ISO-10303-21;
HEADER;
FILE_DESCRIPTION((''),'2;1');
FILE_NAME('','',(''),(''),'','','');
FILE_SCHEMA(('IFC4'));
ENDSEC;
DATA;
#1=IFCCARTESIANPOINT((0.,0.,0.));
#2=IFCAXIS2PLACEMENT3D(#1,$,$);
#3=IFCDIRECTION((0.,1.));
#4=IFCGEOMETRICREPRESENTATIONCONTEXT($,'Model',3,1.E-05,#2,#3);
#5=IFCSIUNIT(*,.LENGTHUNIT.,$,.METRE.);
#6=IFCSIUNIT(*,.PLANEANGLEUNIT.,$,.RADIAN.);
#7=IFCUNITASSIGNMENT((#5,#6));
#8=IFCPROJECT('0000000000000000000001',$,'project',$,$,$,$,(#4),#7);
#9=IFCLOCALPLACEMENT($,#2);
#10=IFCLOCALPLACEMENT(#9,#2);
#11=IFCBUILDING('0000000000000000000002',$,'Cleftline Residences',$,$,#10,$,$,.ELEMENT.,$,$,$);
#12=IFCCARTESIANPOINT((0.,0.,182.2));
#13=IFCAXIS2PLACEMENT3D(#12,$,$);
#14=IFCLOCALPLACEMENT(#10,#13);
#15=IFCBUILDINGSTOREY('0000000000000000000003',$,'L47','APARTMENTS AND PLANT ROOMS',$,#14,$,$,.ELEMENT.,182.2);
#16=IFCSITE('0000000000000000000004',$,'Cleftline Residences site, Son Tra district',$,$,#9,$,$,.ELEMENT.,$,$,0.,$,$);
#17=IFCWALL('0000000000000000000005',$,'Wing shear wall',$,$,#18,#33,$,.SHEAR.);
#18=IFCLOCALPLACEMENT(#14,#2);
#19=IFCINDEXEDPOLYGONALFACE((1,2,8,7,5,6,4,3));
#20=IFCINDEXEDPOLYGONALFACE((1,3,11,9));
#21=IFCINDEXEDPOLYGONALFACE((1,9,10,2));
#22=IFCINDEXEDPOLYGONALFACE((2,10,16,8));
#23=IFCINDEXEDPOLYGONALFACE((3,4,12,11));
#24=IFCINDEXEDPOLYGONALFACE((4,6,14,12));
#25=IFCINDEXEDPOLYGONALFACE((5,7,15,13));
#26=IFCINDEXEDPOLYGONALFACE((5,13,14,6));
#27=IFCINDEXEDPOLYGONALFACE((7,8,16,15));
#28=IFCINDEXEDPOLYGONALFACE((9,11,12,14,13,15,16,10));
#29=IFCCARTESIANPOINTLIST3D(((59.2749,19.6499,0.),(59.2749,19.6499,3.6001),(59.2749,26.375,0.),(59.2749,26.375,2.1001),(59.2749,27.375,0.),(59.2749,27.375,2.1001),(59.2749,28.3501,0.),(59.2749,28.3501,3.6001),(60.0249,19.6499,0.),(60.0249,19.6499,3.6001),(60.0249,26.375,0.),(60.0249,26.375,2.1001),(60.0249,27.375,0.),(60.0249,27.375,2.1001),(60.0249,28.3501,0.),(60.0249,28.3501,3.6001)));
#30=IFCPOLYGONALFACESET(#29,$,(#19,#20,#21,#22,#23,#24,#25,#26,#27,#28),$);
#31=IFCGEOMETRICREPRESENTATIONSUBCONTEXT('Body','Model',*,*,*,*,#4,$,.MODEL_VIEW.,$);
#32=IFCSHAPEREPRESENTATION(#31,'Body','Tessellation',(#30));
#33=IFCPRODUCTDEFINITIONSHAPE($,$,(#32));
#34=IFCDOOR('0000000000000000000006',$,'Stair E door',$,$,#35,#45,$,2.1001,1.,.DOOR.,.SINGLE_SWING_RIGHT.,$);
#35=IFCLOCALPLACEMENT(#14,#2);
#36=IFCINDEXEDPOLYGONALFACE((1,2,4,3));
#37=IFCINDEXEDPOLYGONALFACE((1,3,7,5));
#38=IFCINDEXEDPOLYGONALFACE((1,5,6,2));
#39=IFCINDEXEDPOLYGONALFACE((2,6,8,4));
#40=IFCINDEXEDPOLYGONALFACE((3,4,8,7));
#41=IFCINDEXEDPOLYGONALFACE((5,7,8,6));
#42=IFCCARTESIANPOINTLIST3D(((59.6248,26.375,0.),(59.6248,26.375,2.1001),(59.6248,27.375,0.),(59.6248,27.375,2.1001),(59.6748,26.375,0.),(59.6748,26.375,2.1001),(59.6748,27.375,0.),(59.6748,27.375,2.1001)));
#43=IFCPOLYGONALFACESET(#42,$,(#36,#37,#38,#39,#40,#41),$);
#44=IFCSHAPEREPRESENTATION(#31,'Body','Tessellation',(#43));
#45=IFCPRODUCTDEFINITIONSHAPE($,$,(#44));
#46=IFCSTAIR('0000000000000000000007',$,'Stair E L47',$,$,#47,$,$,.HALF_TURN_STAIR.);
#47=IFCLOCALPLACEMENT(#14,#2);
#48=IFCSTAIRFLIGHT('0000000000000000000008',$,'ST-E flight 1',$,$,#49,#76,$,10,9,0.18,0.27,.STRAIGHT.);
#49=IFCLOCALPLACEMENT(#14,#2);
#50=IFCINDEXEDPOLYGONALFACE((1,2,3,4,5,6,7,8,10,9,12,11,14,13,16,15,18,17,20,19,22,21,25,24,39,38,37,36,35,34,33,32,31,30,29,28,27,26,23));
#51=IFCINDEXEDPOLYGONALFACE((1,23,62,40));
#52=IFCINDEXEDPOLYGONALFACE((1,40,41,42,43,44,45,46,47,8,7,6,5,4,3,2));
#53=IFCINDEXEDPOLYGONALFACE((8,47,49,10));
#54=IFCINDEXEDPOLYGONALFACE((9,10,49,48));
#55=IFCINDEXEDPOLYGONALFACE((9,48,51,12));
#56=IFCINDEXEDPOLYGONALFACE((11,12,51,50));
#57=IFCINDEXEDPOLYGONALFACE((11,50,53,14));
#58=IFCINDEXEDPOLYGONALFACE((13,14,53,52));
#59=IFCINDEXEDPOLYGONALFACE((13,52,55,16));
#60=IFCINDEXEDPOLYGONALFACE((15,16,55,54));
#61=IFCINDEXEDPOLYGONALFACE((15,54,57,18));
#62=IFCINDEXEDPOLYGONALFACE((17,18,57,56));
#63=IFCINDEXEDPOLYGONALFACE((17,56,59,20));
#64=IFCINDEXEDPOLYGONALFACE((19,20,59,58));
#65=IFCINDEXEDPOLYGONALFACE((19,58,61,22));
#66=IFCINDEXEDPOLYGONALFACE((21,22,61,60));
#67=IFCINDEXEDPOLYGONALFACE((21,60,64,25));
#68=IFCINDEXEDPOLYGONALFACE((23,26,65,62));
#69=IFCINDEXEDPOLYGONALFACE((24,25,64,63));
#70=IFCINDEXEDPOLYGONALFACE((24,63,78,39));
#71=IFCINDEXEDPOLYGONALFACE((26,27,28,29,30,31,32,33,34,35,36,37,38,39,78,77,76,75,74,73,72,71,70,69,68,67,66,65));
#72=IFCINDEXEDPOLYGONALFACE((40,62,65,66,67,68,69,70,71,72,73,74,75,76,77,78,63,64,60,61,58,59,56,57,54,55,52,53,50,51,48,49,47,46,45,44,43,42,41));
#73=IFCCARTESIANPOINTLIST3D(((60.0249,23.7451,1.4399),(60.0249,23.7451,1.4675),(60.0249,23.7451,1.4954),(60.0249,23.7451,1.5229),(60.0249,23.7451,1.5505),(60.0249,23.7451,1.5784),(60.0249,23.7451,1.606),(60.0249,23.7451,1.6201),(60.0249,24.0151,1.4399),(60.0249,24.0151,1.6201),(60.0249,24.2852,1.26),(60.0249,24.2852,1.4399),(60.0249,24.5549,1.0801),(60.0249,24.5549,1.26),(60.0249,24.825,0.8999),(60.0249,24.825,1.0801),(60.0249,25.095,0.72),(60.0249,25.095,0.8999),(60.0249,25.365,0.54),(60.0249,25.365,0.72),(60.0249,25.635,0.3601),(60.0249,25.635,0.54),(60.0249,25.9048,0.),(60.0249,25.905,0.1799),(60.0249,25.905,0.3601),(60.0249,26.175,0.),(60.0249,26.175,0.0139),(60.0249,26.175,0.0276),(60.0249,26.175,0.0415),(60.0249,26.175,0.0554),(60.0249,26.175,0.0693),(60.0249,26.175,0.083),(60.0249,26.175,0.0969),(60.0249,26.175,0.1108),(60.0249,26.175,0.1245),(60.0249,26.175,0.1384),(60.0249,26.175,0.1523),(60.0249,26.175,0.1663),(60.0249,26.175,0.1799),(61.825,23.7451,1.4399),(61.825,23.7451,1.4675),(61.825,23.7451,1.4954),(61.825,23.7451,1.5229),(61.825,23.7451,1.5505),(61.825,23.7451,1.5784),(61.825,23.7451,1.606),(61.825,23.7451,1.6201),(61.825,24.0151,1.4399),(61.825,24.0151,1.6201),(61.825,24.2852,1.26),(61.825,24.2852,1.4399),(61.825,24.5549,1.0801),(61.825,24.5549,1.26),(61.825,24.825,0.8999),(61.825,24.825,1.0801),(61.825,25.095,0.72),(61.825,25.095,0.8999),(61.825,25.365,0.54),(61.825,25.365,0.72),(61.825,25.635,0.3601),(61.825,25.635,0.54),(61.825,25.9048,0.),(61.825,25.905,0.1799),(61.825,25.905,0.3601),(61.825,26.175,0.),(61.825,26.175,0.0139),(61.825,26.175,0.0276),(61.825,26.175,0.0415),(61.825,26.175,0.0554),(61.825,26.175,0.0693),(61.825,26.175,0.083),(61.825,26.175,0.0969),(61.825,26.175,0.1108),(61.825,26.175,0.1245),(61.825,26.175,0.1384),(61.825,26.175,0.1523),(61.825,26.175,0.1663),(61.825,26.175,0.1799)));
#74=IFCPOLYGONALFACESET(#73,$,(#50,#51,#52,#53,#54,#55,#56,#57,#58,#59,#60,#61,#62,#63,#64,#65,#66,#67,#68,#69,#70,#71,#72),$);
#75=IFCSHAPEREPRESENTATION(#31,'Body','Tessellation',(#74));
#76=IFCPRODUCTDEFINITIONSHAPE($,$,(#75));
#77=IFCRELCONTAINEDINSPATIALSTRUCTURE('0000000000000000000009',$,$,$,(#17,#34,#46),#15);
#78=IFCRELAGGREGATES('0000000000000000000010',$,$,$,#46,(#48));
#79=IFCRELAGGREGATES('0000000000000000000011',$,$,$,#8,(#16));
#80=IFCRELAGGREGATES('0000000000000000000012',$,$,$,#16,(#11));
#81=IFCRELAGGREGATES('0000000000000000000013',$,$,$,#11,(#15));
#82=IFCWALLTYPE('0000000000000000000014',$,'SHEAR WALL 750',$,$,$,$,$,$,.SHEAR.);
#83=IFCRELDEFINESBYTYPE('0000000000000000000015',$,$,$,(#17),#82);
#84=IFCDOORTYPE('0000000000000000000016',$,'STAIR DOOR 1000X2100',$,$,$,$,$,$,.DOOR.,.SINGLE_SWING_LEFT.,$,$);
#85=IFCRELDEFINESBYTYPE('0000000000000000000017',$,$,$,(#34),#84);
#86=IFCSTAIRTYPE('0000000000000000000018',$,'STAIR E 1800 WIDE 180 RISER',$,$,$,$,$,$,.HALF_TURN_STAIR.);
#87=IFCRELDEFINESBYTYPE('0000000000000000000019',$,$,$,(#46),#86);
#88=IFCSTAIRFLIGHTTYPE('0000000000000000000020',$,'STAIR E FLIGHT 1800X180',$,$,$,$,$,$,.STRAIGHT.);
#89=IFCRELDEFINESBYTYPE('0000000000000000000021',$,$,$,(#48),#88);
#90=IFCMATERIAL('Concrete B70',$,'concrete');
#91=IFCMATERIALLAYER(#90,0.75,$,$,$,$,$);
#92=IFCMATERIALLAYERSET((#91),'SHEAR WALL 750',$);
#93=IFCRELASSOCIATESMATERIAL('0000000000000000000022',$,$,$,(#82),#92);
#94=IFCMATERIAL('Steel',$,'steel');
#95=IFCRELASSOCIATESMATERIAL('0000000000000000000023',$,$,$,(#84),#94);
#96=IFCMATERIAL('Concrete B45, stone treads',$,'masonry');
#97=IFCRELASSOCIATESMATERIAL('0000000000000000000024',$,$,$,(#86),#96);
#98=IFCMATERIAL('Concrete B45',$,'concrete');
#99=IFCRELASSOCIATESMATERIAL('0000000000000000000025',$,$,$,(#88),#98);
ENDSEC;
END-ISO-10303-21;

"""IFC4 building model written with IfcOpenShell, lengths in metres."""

from ifc_helpers import new_model, si_unit, direction, frame, frame_2d, origin, place, context, subcontext, project, spatial, polyline, rectangle, outline, extrude, material, layer, layer_set, type_object, element, fill, aggregate, save


model = new_model("IFC4")

# Units and contexts
model_context = context("Model", 3, precision=1e-05, world=origin(), true_north=direction((0.0, 1.0)))
body_context = subcontext(model_context, "Body", "Model", "MODEL_VIEW")
ifc_project = project(units=[si_unit("LENGTHUNIT", "METRE"), si_unit("PLANEANGLEUNIT", "RADIAN")], contexts=[model_context])

# Site, building, storey
site_placement = place(None, origin())
site = spatial("IfcSite", under=ifc_project, at=site_placement, Name="Cleftline Residences site, Son Tra district", CompositionType="ELEMENT", RefElevation=0.0)
building_placement = place(site_placement, origin())
building = spatial("IfcBuilding", under=site, at=building_placement, Name="Cleftline Residences", CompositionType="ELEMENT")
storey_placement = place(building_placement, frame((0.0, 0.0, 182.2)))
storey = spatial("IfcBuildingStorey", under=building, at=storey_placement, Name="L47", Description="APARTMENTS AND PLANT ROOMS", CompositionType="ELEMENT", Elevation=182.2)

# Shared definitions
ifc_material_1 = material(Name="Concrete B70", Category="concrete")
ifc_layer_1 = layer(ifc_material_1, 0.75)
ifc_layer_set_1 = layer_set([ifc_layer_1], Name="SHEAR WALL 750")
wall_type_1 = type_object("IfcWallType", Name="SHEAR WALL 750", PredefinedType="SHEAR", material=ifc_layer_set_1)

# Wall, opening, door
wall_1_placement = place(storey_placement, frame((59.6499, 28.3501, 0.0), z_axis=(0.0, 0.0, 1.0), x_axis=(0.0, -1.0, 0.0)))
wall_1 = element("IfcWall", 1, at=wall_1_placement, inside=storey, type_object=wall_type_1, Name="Wing shear wall", PredefinedType="SHEAR", context=body_context, shape_type="SweptSolid", body=[
    extrude(rectangle(XDim=8.7002, YDim=0.75, at=frame_2d((4.3501, 0.0))), origin(), (0.0, 0.0, 1.0), 3.6001),
])
opening_1_placement = place(wall_1_placement, frame((0.9751, 0.0, 0.0)))
opening_1 = element("IfcOpeningElement", 2, at=opening_1_placement, cuts=wall_1, PredefinedType="OPENING", context=body_context, shape_type="SweptSolid", body=[
    extrude(rectangle(XDim=1.0, YDim=2.1001, at=frame_2d((0.5, 1.05))), frame((0.0, 0.385, 0.0), z_axis=(0.0, -1.0, 0.0), x_axis=(1.0, 0.0, 0.0)), (0.0, 0.0, 1.0), 0.77),
])
ifc_material_2 = material(Name="Steel", Category="steel")
door_type_1 = type_object("IfcDoorType", Name="STAIR DOOR 1000X2100", OperationType="SINGLE_SWING_LEFT", PredefinedType="DOOR", material=ifc_material_2)
door_1_placement = place(opening_1_placement, origin())
door_1 = element("IfcDoor", 3, at=door_1_placement, inside=storey, type_object=door_type_1, Name="Stair E door", OperationType="SINGLE_SWING_RIGHT", OverallHeight=2.1001, OverallWidth=1.0, PredefinedType="DOOR", context=body_context, shape_type="SweptSolid", body=[
    extrude(rectangle(XDim=1.0, YDim=2.1001, at=frame_2d((0.5, 1.05))), frame((0.0, 0.0249, 0.0), z_axis=(0.0, -1.0, 0.0), x_axis=(1.0, 0.0, 0.0)), (0.0, 0.0, 1.0), 0.05),
])
fill(opening_1, door_1)

# Stair, stair flight
ifc_material_3 = material(Name="Concrete B45, stone treads", Category="masonry")
stair_type = type_object("IfcStairType", Name="STAIR E 1800 WIDE 180 RISER", PredefinedType="HALF_TURN_STAIR", material=ifc_material_3)
stair_placement = place(storey_placement, origin())
stair = element("IfcStair", 4, at=stair_placement, inside=storey, type_object=stair_type, Name="Stair E L47", PredefinedType="HALF_TURN_STAIR")
ifc_material_4 = material(Name="Concrete B45", Category="concrete")
stair_flight_type = type_object("IfcStairFlightType", Name="STAIR E FLIGHT 1800X180", PredefinedType="STRAIGHT", material=ifc_material_4)
stair_flight_placement = place(storey_placement, frame((60.925, 26.175, 0.0), z_axis=(0.0, 0.0, 1.0), x_axis=(0.0, -1.0, 0.0)))
stair_flight = element("IfcStairFlight", 5, at=stair_flight_placement, type_object=stair_flight_type, Name="ST-E flight 1", NumberOfRisers=10, NumberOfTreads=9, PredefinedType="STRAIGHT", RiserHeight=0.18, TreadLength=0.27, context=body_context, shape_type="SweptSolid", body=[
    extrude(outline(polyline([(0.0, 0.0), (0.0, 0.0139), (0.0, 0.0276), (0.0, 0.0415), (0.0, 0.0554), (0.0, 0.0693), (0.0, 0.083), (0.0, 0.0969), (0.0, 0.1108), (0.0, 0.1245), (0.0, 0.1384), (0.0, 0.1523), (0.0, 0.1663), (0.0, 0.1799), (0.27, 0.1799), (0.27, 0.3601), (0.54, 0.3601), (0.54, 0.54), (0.8101, 0.54), (0.8101, 0.72), (1.0801, 0.72), (1.0801, 0.8999), (1.3501, 0.8999), (1.3501, 1.0801), (1.6201, 1.0801), (1.6201, 1.26), (1.8899, 1.26), (1.8899, 1.4399), (2.1599, 1.4399), (2.1599, 1.6201), (2.4299, 1.6201), (2.4299, 1.8), (2.4299, 1.7722), (2.4299, 1.7446), (2.4299, 1.7168), (2.4299, 1.6892), (2.4299, 1.6614), (2.4299, 1.6338), (2.4299, 1.606), (2.4299, 1.5784), (2.4299, 1.5505), (2.4299, 1.5229), (2.4299, 1.4954), (2.4299, 1.4675), (2.4299, 1.4399), (0.2703, 0.0), (0.0, 0.0)])), frame((0.0, 0.8999, 0.0), z_axis=(0.0, -1.0, 0.0), x_axis=(1.0, 0.0, 0.0)), (0.0, 0.0, 1.0), 1.8),
])
aggregate(stair, [stair_flight])

save(model, "model.ifc")
